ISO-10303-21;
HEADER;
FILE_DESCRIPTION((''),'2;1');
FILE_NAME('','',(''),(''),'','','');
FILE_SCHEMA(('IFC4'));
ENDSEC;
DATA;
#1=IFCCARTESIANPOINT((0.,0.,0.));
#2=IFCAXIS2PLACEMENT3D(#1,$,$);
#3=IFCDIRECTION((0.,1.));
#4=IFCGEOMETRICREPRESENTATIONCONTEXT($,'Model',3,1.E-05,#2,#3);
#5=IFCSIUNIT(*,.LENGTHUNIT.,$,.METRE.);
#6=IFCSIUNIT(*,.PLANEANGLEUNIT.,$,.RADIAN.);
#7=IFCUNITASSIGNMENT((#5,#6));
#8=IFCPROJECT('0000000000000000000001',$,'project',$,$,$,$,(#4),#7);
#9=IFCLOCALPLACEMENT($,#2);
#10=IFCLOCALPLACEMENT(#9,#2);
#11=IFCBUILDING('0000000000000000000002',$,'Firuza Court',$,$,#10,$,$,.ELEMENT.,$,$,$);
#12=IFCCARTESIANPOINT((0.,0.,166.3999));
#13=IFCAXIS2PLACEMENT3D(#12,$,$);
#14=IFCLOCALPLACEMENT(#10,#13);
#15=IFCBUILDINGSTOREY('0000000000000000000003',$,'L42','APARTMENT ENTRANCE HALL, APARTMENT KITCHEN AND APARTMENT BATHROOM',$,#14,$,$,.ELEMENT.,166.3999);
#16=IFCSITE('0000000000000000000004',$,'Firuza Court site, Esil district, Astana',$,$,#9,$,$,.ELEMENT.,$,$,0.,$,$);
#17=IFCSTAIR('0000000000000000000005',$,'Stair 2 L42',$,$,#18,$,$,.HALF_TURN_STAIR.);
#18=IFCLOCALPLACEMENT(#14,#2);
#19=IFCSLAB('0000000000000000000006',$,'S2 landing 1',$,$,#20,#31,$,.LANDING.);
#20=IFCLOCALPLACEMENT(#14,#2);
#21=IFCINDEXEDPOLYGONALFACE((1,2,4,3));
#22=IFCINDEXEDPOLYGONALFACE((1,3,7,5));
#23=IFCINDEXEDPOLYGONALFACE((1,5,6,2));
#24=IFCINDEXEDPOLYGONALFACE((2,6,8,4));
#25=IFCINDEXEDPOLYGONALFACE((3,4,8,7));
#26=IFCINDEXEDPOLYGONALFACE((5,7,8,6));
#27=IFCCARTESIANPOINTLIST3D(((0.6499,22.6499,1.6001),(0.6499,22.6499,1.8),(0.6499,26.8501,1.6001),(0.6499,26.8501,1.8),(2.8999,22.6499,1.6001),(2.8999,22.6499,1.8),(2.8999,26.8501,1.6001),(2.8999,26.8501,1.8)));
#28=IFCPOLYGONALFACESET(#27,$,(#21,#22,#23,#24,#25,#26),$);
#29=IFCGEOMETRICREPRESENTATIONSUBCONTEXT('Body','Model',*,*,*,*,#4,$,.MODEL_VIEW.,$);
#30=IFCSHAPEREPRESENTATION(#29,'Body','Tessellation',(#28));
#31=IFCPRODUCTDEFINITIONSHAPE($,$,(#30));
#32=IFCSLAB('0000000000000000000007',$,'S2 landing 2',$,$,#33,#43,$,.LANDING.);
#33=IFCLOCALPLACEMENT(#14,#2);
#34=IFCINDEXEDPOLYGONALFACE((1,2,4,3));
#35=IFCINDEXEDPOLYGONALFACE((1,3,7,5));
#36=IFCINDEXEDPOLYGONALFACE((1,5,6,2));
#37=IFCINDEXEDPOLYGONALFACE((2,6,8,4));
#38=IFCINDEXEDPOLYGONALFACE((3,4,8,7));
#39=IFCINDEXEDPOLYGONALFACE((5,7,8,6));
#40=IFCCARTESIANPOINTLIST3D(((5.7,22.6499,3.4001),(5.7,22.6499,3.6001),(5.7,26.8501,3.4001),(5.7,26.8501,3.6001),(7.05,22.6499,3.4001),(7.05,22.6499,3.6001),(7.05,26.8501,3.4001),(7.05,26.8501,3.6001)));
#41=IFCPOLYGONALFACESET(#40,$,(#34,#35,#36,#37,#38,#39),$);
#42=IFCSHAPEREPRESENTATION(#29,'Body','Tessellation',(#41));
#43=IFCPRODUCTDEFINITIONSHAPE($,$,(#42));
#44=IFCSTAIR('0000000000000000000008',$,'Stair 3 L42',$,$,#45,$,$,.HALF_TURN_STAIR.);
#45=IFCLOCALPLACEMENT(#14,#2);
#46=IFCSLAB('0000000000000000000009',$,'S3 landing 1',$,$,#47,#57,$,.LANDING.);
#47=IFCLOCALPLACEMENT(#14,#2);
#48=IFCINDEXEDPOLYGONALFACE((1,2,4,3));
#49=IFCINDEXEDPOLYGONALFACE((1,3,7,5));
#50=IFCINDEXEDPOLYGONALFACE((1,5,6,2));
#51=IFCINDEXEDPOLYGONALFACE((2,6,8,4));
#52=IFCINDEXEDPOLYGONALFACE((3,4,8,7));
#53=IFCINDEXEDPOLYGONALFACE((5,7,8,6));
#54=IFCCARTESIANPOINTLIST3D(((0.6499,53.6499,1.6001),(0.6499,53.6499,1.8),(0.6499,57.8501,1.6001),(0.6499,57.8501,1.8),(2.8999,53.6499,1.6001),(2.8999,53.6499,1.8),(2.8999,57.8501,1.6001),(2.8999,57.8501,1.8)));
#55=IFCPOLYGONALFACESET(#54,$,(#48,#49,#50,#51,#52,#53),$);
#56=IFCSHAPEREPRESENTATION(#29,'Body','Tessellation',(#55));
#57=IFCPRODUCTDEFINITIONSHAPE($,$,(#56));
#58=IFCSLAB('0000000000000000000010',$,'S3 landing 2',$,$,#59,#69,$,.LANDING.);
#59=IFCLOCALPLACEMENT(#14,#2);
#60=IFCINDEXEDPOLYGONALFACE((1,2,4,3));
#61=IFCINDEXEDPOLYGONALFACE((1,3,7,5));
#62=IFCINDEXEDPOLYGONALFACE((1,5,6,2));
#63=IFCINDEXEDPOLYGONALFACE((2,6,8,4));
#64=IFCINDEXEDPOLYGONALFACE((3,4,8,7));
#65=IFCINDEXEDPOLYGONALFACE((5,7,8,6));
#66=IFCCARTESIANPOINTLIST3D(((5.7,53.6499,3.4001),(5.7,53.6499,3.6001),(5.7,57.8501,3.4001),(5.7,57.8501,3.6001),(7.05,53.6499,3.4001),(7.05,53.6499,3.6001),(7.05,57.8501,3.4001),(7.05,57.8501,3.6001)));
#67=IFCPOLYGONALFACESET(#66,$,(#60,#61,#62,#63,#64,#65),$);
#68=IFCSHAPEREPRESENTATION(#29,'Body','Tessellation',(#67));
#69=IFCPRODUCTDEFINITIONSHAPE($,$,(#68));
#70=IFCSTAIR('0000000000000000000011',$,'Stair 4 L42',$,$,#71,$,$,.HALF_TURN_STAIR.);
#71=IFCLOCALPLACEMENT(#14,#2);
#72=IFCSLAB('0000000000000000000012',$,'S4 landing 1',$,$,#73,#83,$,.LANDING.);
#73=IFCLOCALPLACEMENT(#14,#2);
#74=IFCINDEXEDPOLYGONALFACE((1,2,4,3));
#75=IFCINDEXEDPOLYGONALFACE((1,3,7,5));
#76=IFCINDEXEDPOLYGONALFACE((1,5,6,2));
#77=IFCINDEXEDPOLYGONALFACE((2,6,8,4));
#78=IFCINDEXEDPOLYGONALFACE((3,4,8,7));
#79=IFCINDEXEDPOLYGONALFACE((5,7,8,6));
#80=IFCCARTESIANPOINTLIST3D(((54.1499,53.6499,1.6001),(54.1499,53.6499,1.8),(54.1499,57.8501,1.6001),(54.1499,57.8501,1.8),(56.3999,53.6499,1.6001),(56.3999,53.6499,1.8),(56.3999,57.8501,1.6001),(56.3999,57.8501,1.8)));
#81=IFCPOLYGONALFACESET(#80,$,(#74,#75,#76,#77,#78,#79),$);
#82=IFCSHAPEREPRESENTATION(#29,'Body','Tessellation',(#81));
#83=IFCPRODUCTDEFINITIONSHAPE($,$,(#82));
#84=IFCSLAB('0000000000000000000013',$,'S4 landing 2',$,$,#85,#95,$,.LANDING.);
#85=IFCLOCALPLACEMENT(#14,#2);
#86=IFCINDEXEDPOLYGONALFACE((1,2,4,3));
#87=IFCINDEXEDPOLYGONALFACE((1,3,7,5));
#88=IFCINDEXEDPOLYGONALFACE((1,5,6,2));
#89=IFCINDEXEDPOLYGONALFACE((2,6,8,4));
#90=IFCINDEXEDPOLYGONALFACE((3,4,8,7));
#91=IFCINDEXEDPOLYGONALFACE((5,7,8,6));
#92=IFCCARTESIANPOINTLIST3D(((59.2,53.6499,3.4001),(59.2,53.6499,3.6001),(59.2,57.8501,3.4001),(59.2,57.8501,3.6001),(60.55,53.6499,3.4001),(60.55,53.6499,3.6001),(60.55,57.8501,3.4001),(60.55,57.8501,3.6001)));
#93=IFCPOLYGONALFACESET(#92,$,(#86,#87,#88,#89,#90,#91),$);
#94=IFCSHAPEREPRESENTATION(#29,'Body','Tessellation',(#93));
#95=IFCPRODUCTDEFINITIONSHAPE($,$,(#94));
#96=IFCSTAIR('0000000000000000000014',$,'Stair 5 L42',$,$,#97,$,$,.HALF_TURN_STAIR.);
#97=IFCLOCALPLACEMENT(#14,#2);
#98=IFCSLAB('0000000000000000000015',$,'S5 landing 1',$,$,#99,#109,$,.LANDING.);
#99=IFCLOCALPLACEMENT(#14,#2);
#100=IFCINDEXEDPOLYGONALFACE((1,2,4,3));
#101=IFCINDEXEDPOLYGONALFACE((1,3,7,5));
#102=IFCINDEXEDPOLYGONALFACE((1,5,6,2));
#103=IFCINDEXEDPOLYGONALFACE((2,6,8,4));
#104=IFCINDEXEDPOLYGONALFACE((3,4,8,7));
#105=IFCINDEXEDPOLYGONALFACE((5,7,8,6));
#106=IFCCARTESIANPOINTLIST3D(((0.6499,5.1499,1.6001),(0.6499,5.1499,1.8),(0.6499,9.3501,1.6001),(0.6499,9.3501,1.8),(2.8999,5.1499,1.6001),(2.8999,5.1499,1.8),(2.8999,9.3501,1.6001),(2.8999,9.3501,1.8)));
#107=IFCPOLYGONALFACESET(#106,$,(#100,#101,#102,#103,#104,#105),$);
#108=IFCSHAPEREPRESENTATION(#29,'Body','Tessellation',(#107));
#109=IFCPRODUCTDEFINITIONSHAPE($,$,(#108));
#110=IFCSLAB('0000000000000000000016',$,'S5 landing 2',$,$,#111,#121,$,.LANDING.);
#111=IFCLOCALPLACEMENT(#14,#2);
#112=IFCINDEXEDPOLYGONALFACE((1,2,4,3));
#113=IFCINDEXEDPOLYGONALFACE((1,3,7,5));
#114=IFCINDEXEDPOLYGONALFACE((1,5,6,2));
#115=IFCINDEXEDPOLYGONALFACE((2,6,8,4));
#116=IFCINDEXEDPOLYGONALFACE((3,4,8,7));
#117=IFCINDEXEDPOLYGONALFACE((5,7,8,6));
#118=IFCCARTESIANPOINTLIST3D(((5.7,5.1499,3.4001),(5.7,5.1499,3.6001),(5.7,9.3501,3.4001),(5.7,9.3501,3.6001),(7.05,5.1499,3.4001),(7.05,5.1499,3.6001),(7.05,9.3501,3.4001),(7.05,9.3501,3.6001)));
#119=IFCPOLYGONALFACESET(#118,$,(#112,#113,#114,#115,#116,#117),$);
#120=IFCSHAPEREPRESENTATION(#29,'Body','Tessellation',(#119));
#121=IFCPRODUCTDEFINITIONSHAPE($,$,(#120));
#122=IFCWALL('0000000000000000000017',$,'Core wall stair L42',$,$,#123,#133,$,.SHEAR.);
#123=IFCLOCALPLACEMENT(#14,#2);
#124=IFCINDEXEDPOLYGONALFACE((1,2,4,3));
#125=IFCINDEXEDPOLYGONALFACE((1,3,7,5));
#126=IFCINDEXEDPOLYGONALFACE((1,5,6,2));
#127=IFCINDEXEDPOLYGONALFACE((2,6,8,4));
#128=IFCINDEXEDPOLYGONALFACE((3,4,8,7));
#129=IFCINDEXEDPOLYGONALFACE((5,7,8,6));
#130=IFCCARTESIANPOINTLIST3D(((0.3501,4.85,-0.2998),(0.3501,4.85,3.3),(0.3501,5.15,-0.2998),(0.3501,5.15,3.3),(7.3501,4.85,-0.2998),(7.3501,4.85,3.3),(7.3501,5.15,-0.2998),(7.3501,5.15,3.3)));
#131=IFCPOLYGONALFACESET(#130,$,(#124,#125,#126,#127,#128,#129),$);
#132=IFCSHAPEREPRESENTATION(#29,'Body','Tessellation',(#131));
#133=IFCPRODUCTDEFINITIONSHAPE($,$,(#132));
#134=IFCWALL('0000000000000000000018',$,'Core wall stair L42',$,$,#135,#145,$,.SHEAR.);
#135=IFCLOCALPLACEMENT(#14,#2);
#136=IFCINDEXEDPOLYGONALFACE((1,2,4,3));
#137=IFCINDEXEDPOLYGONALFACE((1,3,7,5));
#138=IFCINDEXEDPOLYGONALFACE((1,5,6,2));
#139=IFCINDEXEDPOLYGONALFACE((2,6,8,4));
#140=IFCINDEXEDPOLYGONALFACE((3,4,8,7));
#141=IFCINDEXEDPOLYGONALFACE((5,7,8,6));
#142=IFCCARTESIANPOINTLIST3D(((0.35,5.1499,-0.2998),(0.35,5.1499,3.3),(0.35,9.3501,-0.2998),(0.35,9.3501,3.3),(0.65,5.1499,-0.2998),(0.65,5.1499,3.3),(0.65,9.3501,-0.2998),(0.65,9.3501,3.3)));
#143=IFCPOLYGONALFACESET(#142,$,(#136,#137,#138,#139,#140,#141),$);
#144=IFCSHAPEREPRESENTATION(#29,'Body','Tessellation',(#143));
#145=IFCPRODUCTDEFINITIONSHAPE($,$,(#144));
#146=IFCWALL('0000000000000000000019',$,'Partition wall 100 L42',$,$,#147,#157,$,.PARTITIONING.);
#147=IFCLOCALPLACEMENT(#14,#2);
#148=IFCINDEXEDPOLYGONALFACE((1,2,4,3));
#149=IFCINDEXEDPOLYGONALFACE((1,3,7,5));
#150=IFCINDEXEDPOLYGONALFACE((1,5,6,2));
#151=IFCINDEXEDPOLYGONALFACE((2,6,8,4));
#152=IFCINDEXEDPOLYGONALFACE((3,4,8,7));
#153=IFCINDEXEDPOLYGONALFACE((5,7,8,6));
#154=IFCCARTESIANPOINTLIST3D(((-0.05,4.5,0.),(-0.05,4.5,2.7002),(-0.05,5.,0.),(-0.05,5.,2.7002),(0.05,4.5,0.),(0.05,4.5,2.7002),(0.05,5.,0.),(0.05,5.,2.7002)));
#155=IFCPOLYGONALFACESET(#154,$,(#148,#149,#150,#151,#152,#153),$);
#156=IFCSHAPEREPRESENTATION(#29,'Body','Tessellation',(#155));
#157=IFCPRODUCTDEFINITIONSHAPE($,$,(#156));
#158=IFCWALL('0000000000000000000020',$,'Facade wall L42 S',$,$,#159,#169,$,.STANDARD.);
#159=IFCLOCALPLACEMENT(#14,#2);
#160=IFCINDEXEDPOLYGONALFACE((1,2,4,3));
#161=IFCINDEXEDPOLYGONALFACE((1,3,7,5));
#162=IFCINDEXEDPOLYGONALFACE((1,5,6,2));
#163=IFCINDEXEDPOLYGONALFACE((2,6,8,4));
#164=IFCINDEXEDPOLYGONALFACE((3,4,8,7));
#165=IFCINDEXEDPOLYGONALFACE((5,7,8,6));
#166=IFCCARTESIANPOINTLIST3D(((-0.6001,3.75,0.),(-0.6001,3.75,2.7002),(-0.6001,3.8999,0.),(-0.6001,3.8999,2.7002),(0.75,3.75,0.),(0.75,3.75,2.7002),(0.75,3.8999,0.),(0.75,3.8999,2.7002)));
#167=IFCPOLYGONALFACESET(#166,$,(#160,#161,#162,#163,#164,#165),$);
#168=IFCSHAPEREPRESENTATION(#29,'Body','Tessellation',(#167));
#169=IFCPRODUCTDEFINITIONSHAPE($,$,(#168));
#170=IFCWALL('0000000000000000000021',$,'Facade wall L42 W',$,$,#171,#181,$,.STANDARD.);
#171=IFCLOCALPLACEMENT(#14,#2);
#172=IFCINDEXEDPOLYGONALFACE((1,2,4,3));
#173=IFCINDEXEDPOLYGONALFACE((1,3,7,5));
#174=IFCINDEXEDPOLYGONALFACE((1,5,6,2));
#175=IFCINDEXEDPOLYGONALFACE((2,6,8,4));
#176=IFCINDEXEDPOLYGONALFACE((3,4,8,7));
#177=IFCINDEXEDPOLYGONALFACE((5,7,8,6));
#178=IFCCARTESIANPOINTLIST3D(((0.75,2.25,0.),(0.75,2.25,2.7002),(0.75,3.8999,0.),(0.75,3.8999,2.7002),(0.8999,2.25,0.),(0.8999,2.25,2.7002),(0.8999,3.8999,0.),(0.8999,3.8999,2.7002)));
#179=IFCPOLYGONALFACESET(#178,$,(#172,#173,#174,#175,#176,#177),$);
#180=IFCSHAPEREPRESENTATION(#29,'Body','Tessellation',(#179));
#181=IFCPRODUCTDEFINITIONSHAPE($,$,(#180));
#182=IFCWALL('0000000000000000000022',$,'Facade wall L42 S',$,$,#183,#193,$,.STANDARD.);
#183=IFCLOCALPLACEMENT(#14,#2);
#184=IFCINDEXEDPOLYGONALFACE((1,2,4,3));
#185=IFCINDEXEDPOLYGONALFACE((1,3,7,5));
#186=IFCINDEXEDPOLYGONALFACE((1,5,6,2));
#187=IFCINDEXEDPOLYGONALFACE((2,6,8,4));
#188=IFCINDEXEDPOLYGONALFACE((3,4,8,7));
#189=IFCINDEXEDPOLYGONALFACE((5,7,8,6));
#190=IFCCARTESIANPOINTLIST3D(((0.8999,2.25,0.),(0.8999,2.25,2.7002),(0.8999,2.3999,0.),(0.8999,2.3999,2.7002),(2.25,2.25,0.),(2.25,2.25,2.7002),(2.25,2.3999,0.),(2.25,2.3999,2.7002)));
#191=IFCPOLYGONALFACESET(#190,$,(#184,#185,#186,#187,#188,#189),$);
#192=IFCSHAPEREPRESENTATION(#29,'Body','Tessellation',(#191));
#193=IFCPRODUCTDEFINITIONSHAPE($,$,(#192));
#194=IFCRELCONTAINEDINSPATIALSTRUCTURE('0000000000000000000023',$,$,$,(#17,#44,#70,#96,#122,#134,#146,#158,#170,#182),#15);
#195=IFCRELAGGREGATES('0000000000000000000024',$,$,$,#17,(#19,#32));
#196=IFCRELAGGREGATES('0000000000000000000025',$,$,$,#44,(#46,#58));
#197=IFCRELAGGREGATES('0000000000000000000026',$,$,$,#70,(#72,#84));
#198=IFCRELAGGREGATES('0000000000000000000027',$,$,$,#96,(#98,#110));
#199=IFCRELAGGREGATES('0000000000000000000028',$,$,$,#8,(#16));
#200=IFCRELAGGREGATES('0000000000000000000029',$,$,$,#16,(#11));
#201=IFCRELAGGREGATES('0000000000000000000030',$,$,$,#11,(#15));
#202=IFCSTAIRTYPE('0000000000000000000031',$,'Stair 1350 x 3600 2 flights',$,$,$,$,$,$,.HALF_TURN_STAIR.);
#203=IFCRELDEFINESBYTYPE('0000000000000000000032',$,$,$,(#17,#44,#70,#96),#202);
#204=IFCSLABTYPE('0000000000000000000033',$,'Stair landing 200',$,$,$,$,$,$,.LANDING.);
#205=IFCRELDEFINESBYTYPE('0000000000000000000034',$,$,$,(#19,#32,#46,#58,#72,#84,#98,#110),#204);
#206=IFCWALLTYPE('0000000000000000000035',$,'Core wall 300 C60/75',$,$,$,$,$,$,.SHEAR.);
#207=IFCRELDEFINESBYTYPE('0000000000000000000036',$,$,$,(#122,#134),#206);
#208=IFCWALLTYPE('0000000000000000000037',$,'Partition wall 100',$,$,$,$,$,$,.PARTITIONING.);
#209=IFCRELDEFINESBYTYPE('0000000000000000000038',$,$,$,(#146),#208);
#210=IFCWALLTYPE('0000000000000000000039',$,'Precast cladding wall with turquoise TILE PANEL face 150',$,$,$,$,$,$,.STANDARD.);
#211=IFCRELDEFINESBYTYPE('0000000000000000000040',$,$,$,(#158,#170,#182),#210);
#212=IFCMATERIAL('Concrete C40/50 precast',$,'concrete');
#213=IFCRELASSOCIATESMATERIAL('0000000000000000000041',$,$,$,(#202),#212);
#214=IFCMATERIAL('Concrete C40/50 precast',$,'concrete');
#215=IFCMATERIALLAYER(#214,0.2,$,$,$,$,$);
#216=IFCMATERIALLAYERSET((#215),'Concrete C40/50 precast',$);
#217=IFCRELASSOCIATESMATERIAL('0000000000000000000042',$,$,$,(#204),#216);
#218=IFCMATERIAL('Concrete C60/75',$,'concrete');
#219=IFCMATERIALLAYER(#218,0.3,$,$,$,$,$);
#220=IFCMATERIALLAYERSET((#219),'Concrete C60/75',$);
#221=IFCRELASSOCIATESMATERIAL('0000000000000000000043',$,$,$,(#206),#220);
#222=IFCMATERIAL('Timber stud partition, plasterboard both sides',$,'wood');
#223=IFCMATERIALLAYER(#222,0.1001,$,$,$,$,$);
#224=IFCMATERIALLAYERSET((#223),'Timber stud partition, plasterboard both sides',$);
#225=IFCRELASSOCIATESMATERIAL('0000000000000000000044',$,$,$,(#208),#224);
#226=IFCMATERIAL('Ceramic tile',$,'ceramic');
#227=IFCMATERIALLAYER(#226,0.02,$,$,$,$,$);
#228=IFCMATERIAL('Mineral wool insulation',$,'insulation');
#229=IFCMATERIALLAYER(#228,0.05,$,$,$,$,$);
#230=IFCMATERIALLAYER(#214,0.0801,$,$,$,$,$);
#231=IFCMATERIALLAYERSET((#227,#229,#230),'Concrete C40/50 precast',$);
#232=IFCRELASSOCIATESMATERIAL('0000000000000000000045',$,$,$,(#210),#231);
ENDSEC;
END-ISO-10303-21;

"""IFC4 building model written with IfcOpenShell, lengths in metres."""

from ifc_helpers import new_model, si_unit, direction, frame, frame_2d, origin, place, context, subcontext, project, spatial, polyline, rectangle, outline, extrude, material, layer, layer_set, type_object, element, aggregate, save


model = new_model("IFC4")

# Units and contexts
model_context = context("Model", 3, precision=1e-05, world=origin(), true_north=direction((0.0, 1.0)))
body_context = subcontext(model_context, "Body", "Model", "MODEL_VIEW")
ifc_project = project(units=[si_unit("LENGTHUNIT", "METRE"), si_unit("PLANEANGLEUNIT", "RADIAN")], contexts=[model_context])

# Site, building, storey
site_placement = place(None, origin())
site = spatial("IfcSite", under=ifc_project, at=site_placement, Name="Firuza Court site, Esil district, Astana", CompositionType="ELEMENT", RefElevation=0.0)
building_placement = place(site_placement, origin())
building = spatial("IfcBuilding", under=site, at=building_placement, Name="Firuza Court", CompositionType="ELEMENT")
storey_placement = place(building_placement, frame((0.0, 0.0, 166.3999)))
storey = spatial("IfcBuildingStorey", under=building, at=storey_placement, Name="L42", Description="APARTMENT ENTRANCE HALL, APARTMENT KITCHEN AND APARTMENT BATHROOM", CompositionType="ELEMENT", Elevation=166.3999)

# Stairs, slabs
ifc_material_1 = material(Name="Concrete C40/50 precast", Category="concrete")
stair_type = type_object("IfcStairType", Name="Stair 1350 x 3600 2 flights", PredefinedType="HALF_TURN_STAIR", material=ifc_material_1)
ifc_material_2 = material(Name="Concrete C40/50 precast", Category="concrete")
ifc_layer_1 = layer(ifc_material_2, 0.2)
ifc_layer_set_1 = layer_set([ifc_layer_1], Name="Concrete C40/50 precast")
slab_type_1 = type_object("IfcSlabType", Name="Stair landing 200", PredefinedType="LANDING", material=ifc_layer_set_1)
stair_1_placement = place(storey_placement, origin())
stair_1 = element("IfcStair", 1, at=stair_1_placement, inside=storey, type_object=stair_type, Name="Stair 2 L42", PredefinedType="HALF_TURN_STAIR")
slab_1_placement = place(storey_placement, frame((0.0, 0.0, 1.6001)))
slab_1 = element("IfcSlab", 2, at=slab_1_placement, type_object=slab_type_1, Name="S2 landing 1", PredefinedType="LANDING", context=body_context, shape_type="SweptSolid", body=[
    extrude(outline(polyline([(2.8999, 22.6499), (2.8999, 26.8501), (0.6499, 26.8501), (0.6499, 22.6499), (2.8999, 22.6499)])), origin(), (0.0, 0.0, 1.0), 0.2),
])
slab_2_placement = place(storey_placement, frame((0.0, 0.0, 3.4001)))
slab_2 = element("IfcSlab", 3, at=slab_2_placement, type_object=slab_type_1, Name="S2 landing 2", PredefinedType="LANDING", context=body_context, shape_type="SweptSolid", body=[
    extrude(outline(polyline([(7.05, 22.6499), (7.05, 26.8501), (5.7, 26.8501), (5.7, 22.6499), (7.05, 22.6499)])), origin(), (0.0, 0.0, 1.0), 0.2),
])
aggregate(stair_1, [slab_1, slab_2])
stair_2_placement = place(storey_placement, origin())
stair_2 = element("IfcStair", 4, at=stair_2_placement, inside=storey, type_object=stair_type, Name="Stair 3 L42", PredefinedType="HALF_TURN_STAIR")
slab_3_placement = place(storey_placement, frame((0.0, 0.0, 1.6001)))
slab_3 = element("IfcSlab", 5, at=slab_3_placement, type_object=slab_type_1, Name="S3 landing 1", PredefinedType="LANDING", context=body_context, shape_type="SweptSolid", body=[
    extrude(outline(polyline([(2.8999, 53.6499), (2.8999, 57.8501), (0.6499, 57.8501), (0.6499, 53.6499), (2.8999, 53.6499)])), origin(), (0.0, 0.0, 1.0), 0.2),
])
slab_4_placement = place(storey_placement, frame((0.0, 0.0, 3.4001)))
slab_4 = element("IfcSlab", 6, at=slab_4_placement, type_object=slab_type_1, Name="S3 landing 2", PredefinedType="LANDING", context=body_context, shape_type="SweptSolid", body=[
    extrude(outline(polyline([(7.05, 53.6499), (7.05, 57.8501), (5.7, 57.8501), (5.7, 53.6499), (7.05, 53.6499)])), origin(), (0.0, 0.0, 1.0), 0.2),
])
aggregate(stair_2, [slab_3, slab_4])
stair_3_placement = place(storey_placement, origin())
stair_3 = element("IfcStair", 7, at=stair_3_placement, inside=storey, type_object=stair_type, Name="Stair 4 L42", PredefinedType="HALF_TURN_STAIR")
slab_5_placement = place(storey_placement, frame((0.0, 0.0, 1.6001)))
slab_5 = element("IfcSlab", 8, at=slab_5_placement, type_object=slab_type_1, Name="S4 landing 1", PredefinedType="LANDING", context=body_context, shape_type="SweptSolid", body=[
    extrude(outline(polyline([(56.3999, 53.6499), (56.3999, 57.8501), (54.1499, 57.8501), (54.1499, 53.6499), (56.3999, 53.6499)])), origin(), (0.0, 0.0, 1.0), 0.2),
])
slab_6_placement = place(storey_placement, frame((0.0, 0.0, 3.4001)))
slab_6 = element("IfcSlab", 9, at=slab_6_placement, type_object=slab_type_1, Name="S4 landing 2", PredefinedType="LANDING", context=body_context, shape_type="SweptSolid", body=[
    extrude(outline(polyline([(60.55, 53.6499), (60.55, 57.8501), (59.2, 57.8501), (59.2, 53.6499), (60.55, 53.6499)])), origin(), (0.0, 0.0, 1.0), 0.2),
])
aggregate(stair_3, [slab_5, slab_6])
stair_4_placement = place(storey_placement, origin())
stair_4 = element("IfcStair", 10, at=stair_4_placement, inside=storey, type_object=stair_type, Name="Stair 5 L42", PredefinedType="HALF_TURN_STAIR")
slab_7_placement = place(storey_placement, frame((0.0, 0.0, 1.6001)))
slab_7 = element("IfcSlab", 11, at=slab_7_placement, type_object=slab_type_1, Name="S5 landing 1", PredefinedType="LANDING", context=body_context, shape_type="SweptSolid", body=[
    extrude(outline(polyline([(2.8999, 5.1499), (2.8999, 9.3501), (0.6499, 9.3501), (0.6499, 5.1499), (2.8999, 5.1499)])), origin(), (0.0, 0.0, 1.0), 0.2),
])
slab_8_placement = place(storey_placement, frame((0.0, 0.0, 3.4001)))
slab_8 = element("IfcSlab", 12, at=slab_8_placement, type_object=slab_type_1, Name="S5 landing 2", PredefinedType="LANDING", context=body_context, shape_type="SweptSolid", body=[
    extrude(outline(polyline([(7.05, 5.1499), (7.05, 9.3501), (5.7, 9.3501), (5.7, 5.1499), (7.05, 5.1499)])), origin(), (0.0, 0.0, 1.0), 0.2),
])
aggregate(stair_4, [slab_7, slab_8])

# Walls
ifc_material_3 = material(Name="Concrete C60/75", Category="concrete")
ifc_layer_2 = layer(ifc_material_3, 0.3)
ifc_layer_set_2 = layer_set([ifc_layer_2], Name="Concrete C60/75")
wall_type_1 = type_object("IfcWallType", Name="Core wall 300 C60/75", PredefinedType="SHEAR", material=ifc_layer_set_2)
wall_1_placement = place(storey_placement, frame((0.3501, 5.0, -0.2998), z_axis=(0.0, 0.0, 1.0), x_axis=(1.0, 0.0, 0.0)))
element("IfcWall", 13, at=wall_1_placement, inside=storey, type_object=wall_type_1, Name="Core wall stair L42", PredefinedType="SHEAR", context=body_context, shape_type="SweptSolid", body=[
    extrude(rectangle(XDim=7.0, YDim=0.3, at=frame_2d((3.5, 0.0))), origin(), (0.0, 0.0, 1.0), 3.5999),
])
wall_2_placement = place(storey_placement, frame((0.5, 5.1499, -0.2998), z_axis=(0.0, 0.0, 1.0), x_axis=(0.0, 1.0, 0.0)))
element("IfcWall", 14, at=wall_2_placement, inside=storey, type_object=wall_type_1, Name="Core wall stair L42", PredefinedType="SHEAR", context=body_context, shape_type="SweptSolid", body=[
    extrude(rectangle(XDim=4.2002, YDim=0.3, at=frame_2d((2.1001, 0.0))), origin(), (0.0, 0.0, 1.0), 3.5999),
])
ifc_material_4 = material(Name="Timber stud partition, plasterboard both sides", Category="wood")
ifc_layer_3 = layer(ifc_material_4, 0.1001)
ifc_layer_set_3 = layer_set([ifc_layer_3], Name="Timber stud partition, plasterboard both sides")
wall_type_2 = type_object("IfcWallType", Name="Partition wall 100", PredefinedType="PARTITIONING", material=ifc_layer_set_3)
wall_3_placement = place(storey_placement, frame((0.0, 4.5, 0.0), z_axis=(0.0, 0.0, 1.0), x_axis=(0.0, 1.0, 0.0)))
element("IfcWall", 15, at=wall_3_placement, inside=storey, type_object=wall_type_2, Name="Partition wall 100 L42", PredefinedType="PARTITIONING", context=body_context, shape_type="SweptSolid", body=[
    extrude(rectangle(XDim=0.5, YDim=0.1001, at=frame_2d((0.25, 0.0))), origin(), (0.0, 0.0, 1.0), 2.7002),
])
ifc_material_5 = material(Name="Ceramic tile", Category="ceramic")
ifc_layer_4 = layer(ifc_material_5, 0.02)
ifc_material_6 = material(Name="Mineral wool insulation", Category="insulation")
ifc_layer_5 = layer(ifc_material_6, 0.05)
ifc_layer_6 = layer(ifc_material_2, 0.0801)
ifc_layer_set_4 = layer_set([ifc_layer_4, ifc_layer_5, ifc_layer_6], Name="Concrete C40/50 precast")
wall_type_3 = type_object("IfcWallType", Name="Precast cladding wall with turquoise TILE PANEL face 150", PredefinedType="STANDARD", material=ifc_layer_set_4)
wall_4_placement = place(storey_placement, frame((-0.6001, 3.825, 0.0), z_axis=(0.0, 0.0, 1.0), x_axis=(1.0, 0.0, 0.0)))
element("IfcWall", 16, at=wall_4_placement, inside=storey, type_object=wall_type_3, Name="Facade wall L42 S", PredefinedType="STANDARD", context=body_context, shape_type="SweptSolid", body=[
    extrude(rectangle(XDim=1.3501, YDim=0.1499, at=frame_2d((0.675, 0.0))), origin(), (0.0, 0.0, 1.0), 2.7002),
])
wall_5_placement = place(storey_placement, frame((0.825, 3.8999, 0.0), z_axis=(0.0, 0.0, 1.0), x_axis=(0.0, -1.0, 0.0)))
element("IfcWall", 17, at=wall_5_placement, inside=storey, type_object=wall_type_3, Name="Facade wall L42 W", PredefinedType="STANDARD", context=body_context, shape_type="SweptSolid", body=[
    extrude(rectangle(XDim=1.6499, YDim=0.1499, at=frame_2d((0.825, 0.0))), origin(), (0.0, 0.0, 1.0), 2.7002),
])
wall_6_placement = place(storey_placement, frame((0.8999, 2.325, 0.0), z_axis=(0.0, 0.0, 1.0), x_axis=(1.0, 0.0, 0.0)))
element("IfcWall", 18, at=wall_6_placement, inside=storey, type_object=wall_type_3, Name="Facade wall L42 S", PredefinedType="STANDARD", context=body_context, shape_type="SweptSolid", body=[
    extrude(rectangle(XDim=1.3501, YDim=0.1499, at=frame_2d((0.675, 0.0))), origin(), (0.0, 0.0, 1.0), 2.7002),
])

save(model, "model.ifc")
